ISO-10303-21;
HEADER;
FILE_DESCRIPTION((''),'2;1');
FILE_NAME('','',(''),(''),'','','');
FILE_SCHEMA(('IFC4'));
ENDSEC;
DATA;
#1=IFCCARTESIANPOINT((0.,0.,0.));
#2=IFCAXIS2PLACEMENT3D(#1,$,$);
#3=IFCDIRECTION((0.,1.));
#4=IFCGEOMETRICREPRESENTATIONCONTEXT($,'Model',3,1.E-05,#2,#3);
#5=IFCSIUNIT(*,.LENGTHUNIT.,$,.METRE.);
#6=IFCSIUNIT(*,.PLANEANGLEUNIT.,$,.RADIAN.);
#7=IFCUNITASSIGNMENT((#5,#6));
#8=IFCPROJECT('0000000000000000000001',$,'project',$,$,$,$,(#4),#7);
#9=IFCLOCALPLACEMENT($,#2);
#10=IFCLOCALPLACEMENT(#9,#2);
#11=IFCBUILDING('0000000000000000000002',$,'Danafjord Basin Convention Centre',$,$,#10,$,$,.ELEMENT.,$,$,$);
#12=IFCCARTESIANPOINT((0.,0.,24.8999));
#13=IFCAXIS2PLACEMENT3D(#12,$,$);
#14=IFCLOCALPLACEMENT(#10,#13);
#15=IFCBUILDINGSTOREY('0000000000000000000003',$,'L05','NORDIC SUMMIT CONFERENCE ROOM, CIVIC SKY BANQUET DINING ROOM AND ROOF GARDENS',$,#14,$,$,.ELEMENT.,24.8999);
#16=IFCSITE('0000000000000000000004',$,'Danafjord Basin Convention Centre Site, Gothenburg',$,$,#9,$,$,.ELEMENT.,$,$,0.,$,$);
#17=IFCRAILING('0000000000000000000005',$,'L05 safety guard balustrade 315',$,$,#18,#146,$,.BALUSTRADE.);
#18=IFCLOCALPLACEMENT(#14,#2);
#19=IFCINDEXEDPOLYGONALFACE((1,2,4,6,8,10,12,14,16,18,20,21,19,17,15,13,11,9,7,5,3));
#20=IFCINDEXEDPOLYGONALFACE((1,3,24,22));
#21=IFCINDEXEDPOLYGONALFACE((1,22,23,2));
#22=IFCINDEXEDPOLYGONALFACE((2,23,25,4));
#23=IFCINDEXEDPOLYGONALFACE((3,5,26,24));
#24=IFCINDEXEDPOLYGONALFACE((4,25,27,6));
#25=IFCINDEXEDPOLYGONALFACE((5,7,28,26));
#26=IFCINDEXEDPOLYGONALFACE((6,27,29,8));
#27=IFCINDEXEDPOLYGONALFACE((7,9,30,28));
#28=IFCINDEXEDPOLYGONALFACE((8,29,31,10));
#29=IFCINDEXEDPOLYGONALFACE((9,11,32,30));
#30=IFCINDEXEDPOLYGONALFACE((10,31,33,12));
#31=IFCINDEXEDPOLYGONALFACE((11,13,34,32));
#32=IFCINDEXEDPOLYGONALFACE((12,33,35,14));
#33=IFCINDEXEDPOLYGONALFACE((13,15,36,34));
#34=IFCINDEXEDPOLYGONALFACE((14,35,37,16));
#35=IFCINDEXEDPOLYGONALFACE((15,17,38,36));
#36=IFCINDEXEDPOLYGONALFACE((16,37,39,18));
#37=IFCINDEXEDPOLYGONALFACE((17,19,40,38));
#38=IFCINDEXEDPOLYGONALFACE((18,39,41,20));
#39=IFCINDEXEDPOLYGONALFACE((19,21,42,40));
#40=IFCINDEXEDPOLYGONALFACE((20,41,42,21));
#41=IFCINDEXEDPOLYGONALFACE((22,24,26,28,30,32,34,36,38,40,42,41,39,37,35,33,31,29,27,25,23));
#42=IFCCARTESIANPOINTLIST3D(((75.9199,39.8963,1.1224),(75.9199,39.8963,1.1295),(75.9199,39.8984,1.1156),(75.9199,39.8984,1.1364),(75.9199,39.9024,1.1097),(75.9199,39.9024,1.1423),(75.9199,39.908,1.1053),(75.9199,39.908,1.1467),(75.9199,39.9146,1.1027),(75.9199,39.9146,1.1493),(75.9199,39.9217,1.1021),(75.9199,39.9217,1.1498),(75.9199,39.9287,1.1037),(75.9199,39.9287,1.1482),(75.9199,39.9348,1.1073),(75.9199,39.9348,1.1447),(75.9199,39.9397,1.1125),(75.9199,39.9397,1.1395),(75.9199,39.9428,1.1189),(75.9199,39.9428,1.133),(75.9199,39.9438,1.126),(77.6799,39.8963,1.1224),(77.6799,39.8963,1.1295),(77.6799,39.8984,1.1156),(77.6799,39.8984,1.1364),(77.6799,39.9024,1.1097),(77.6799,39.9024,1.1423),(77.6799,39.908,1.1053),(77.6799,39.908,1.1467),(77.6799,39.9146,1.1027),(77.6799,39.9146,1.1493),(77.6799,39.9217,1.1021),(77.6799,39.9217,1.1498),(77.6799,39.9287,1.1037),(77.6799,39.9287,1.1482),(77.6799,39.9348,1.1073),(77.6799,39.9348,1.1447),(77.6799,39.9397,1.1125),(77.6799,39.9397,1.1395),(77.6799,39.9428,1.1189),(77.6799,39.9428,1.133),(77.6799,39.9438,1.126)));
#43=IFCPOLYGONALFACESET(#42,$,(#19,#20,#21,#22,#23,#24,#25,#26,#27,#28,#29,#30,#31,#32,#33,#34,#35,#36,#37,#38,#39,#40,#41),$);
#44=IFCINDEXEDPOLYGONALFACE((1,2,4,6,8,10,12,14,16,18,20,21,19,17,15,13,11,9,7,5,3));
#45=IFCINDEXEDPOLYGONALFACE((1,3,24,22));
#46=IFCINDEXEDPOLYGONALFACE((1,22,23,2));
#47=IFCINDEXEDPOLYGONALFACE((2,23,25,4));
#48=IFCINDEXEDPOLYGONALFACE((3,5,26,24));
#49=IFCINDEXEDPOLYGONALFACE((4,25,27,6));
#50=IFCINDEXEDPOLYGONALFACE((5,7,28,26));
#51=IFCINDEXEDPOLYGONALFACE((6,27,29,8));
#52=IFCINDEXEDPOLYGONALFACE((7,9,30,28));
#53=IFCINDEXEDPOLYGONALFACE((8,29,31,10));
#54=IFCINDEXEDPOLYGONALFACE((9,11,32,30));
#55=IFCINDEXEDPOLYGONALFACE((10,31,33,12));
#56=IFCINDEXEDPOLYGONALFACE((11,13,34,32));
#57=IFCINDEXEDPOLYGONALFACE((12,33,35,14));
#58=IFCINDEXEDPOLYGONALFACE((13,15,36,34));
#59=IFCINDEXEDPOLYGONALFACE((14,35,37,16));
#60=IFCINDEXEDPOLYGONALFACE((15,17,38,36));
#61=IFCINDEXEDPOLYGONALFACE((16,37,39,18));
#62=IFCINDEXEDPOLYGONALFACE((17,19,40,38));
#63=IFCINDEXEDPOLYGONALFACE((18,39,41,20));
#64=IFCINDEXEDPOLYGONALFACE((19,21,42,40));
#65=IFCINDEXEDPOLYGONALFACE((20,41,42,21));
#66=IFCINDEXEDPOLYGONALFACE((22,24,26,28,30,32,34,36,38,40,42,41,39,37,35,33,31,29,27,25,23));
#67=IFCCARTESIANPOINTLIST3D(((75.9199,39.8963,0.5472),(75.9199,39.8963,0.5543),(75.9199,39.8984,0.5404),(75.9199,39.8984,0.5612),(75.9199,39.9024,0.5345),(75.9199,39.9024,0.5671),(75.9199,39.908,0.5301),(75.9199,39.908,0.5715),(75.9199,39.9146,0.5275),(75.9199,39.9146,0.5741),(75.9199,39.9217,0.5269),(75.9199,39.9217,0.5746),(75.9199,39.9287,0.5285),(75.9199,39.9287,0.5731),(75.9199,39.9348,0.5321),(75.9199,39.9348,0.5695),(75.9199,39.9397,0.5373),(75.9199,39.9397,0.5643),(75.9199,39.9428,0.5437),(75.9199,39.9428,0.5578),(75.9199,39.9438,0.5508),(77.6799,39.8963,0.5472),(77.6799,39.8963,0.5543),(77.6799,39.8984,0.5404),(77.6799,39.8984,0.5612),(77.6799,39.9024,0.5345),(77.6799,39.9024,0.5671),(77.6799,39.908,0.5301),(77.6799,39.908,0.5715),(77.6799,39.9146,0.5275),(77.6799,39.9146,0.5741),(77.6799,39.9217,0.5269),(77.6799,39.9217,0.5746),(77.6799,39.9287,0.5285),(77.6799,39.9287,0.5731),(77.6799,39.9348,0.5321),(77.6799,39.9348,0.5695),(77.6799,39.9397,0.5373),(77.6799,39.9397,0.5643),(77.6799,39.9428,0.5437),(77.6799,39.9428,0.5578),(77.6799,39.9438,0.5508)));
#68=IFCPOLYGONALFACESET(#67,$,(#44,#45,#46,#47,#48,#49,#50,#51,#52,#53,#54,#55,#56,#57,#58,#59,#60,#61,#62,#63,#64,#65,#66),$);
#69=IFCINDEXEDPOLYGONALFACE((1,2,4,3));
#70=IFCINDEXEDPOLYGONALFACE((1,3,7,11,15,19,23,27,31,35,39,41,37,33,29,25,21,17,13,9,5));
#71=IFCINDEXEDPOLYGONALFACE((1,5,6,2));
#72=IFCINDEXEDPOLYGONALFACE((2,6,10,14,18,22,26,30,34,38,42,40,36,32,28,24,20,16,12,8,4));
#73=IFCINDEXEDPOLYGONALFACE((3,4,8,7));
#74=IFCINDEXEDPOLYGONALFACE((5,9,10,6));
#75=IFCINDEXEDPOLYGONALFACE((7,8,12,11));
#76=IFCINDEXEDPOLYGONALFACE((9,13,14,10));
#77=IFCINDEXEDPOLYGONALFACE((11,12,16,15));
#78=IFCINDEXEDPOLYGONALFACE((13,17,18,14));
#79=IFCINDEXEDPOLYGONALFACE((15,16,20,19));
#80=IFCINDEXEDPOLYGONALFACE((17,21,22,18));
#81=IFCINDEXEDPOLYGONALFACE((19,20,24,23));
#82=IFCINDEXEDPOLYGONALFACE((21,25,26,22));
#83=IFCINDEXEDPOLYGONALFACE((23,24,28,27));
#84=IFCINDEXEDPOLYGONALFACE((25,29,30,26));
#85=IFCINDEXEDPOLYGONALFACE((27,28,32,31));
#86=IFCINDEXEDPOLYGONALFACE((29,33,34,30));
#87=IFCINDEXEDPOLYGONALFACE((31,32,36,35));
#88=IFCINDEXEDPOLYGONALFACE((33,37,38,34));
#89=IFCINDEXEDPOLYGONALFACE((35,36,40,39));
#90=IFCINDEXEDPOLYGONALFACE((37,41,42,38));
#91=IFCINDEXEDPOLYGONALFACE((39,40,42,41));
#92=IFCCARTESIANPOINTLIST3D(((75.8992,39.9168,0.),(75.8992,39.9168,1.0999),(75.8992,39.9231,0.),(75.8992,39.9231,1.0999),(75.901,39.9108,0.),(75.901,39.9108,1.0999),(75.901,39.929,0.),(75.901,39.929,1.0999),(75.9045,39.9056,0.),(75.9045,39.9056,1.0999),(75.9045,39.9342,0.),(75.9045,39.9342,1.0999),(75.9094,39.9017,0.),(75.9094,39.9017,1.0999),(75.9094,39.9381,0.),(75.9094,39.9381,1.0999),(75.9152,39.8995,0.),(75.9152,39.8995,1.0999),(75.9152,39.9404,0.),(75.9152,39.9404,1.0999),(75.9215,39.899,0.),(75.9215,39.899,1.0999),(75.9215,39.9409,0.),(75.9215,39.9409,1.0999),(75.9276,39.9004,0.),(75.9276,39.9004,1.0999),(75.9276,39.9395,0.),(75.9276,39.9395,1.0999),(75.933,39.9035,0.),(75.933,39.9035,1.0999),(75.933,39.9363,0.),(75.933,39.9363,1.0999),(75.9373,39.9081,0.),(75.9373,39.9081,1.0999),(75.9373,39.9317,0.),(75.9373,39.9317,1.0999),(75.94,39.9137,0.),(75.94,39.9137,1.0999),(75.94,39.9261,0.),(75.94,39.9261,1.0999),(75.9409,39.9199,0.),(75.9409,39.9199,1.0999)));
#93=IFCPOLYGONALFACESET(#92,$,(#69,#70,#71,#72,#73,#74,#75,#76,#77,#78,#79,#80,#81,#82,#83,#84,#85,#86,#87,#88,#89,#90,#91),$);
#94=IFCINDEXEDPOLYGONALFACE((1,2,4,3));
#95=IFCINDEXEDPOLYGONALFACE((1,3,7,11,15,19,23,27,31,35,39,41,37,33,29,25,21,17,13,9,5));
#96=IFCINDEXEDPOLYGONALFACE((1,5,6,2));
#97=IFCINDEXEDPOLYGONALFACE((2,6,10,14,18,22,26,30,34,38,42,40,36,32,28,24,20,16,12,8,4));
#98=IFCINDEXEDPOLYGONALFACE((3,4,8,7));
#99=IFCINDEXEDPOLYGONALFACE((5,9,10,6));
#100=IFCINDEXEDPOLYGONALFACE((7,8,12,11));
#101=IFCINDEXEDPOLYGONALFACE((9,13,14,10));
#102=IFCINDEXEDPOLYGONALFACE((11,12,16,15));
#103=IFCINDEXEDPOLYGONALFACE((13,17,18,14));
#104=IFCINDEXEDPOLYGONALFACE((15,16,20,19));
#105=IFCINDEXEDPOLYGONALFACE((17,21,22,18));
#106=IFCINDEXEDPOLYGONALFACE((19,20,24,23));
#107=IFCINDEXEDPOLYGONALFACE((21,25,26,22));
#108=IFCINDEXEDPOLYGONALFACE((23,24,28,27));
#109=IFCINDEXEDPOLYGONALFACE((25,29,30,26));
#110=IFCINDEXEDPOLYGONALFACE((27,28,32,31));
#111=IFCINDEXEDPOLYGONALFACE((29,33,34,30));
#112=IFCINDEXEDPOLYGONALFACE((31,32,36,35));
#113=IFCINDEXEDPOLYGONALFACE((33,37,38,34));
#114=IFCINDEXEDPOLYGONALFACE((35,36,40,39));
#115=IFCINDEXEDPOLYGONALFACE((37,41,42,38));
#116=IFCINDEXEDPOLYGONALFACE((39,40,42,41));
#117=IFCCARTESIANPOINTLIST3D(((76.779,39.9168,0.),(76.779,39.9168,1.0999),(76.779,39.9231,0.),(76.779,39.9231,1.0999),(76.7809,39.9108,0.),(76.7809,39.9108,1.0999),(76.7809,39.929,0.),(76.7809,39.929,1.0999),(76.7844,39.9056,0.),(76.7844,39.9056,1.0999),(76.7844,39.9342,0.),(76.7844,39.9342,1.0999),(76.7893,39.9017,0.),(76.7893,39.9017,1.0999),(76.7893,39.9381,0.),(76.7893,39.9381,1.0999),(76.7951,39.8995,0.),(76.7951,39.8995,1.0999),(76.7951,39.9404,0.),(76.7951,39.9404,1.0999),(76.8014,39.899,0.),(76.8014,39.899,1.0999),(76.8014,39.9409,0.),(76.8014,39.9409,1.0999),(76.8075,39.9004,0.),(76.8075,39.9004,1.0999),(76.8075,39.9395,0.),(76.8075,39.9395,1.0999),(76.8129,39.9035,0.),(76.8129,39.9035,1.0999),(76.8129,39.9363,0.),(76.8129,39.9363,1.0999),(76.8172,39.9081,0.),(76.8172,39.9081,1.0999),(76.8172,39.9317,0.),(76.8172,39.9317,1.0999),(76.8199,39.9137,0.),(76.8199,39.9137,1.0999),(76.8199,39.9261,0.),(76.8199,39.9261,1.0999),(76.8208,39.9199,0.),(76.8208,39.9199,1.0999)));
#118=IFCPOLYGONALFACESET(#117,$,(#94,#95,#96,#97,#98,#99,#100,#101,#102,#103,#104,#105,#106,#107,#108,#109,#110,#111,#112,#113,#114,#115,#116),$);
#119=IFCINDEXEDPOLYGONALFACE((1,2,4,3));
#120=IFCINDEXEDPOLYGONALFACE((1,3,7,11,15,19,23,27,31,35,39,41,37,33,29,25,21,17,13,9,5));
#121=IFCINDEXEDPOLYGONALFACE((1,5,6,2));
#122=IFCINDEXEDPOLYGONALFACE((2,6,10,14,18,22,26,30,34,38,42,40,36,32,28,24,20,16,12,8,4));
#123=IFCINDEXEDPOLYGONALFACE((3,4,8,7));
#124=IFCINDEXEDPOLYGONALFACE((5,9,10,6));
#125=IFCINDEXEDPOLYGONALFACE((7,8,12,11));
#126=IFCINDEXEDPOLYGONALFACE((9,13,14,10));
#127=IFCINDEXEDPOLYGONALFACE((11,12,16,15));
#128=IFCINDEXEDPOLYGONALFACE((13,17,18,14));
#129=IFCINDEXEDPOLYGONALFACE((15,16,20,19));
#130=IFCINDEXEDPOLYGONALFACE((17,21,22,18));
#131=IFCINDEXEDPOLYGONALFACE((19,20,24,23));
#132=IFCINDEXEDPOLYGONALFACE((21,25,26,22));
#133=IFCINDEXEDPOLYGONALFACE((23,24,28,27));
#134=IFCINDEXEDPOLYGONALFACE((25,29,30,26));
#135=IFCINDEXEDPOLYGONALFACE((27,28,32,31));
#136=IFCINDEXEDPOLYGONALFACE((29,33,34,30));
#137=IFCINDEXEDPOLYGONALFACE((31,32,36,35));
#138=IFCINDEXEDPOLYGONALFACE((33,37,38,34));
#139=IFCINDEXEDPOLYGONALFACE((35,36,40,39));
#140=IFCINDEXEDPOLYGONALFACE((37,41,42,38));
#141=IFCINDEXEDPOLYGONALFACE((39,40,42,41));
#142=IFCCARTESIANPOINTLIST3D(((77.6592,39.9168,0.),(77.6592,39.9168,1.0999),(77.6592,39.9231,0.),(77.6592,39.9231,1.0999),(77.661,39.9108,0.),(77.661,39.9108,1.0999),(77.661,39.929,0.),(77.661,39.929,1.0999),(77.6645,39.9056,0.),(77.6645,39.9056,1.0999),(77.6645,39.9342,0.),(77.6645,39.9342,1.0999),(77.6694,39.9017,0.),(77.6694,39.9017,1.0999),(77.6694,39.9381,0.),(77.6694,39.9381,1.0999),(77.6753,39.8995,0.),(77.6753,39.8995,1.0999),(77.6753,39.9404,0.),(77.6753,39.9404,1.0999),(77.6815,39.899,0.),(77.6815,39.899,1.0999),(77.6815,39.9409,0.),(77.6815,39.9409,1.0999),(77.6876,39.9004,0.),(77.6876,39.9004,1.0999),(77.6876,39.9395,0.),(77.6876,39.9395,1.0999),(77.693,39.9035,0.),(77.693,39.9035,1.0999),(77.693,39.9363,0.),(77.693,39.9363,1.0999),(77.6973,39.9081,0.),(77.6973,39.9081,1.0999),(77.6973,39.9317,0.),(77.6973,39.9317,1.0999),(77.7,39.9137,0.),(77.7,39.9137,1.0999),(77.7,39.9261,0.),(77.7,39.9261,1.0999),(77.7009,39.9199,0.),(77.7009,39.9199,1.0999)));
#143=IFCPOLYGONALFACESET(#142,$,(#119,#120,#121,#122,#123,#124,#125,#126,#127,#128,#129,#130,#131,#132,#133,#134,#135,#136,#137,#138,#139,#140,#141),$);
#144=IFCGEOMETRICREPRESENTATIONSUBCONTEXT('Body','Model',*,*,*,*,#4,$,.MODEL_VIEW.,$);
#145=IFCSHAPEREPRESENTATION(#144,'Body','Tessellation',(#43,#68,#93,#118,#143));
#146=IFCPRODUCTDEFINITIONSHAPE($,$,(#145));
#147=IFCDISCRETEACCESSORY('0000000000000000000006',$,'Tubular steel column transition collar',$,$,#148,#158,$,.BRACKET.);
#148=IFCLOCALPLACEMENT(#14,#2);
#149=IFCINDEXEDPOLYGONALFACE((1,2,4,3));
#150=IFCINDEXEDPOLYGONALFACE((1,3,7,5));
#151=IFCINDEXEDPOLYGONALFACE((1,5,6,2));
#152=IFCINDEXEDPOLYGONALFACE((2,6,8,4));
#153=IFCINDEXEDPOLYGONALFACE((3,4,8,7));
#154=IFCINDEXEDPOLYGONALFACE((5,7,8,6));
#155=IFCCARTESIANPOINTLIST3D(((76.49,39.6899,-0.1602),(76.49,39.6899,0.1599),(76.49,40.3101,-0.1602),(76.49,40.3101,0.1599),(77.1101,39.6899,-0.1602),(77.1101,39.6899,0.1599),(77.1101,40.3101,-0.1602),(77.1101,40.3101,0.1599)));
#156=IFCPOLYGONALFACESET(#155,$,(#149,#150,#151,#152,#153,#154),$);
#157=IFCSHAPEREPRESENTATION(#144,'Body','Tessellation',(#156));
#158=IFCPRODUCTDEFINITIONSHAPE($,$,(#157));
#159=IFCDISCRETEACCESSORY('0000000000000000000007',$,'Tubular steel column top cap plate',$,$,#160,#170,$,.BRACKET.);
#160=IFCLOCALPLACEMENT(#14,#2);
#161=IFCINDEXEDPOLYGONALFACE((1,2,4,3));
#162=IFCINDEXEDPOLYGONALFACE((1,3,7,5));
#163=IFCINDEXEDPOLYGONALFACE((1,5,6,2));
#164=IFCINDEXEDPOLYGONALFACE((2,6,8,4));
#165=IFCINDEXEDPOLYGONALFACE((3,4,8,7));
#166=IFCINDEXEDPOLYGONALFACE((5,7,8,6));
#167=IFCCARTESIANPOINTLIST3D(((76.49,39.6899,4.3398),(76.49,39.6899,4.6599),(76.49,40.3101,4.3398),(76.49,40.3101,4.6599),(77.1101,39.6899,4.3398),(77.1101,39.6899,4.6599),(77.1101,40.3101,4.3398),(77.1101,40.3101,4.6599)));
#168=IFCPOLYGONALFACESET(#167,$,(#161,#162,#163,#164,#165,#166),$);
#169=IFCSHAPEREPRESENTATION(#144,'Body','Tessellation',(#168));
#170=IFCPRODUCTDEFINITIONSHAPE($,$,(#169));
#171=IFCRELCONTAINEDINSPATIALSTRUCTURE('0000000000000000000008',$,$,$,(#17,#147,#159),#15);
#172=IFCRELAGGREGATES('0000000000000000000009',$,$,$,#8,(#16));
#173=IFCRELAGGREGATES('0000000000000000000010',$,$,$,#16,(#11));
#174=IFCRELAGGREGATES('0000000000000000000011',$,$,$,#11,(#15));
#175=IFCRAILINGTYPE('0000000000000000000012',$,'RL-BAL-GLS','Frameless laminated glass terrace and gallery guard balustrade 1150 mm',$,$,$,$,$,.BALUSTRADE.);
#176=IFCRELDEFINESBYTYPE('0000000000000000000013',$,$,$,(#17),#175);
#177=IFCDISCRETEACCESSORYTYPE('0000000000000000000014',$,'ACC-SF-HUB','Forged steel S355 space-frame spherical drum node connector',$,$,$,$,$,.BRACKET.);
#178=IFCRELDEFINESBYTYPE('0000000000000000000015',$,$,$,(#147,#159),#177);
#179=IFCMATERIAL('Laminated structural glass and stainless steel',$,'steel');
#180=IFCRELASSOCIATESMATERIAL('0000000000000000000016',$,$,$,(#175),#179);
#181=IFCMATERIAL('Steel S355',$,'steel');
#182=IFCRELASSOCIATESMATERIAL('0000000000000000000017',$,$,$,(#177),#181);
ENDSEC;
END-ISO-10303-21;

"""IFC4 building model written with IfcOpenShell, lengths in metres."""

from ifc_helpers import new_model, si_unit, direction, frame, origin, origin_2d, place, context, subcontext, project, spatial, rectangle, circle, extrude, material, type_object, element, save


model = new_model("IFC4")

# Units and contexts
model_context = context("Model", 3, precision=1e-05, world=origin(), true_north=direction((0.0, 1.0)))
body_context = subcontext(model_context, "Body", "Model", "MODEL_VIEW")
ifc_project = project(units=[si_unit("LENGTHUNIT", "METRE"), si_unit("PLANEANGLEUNIT", "RADIAN")], contexts=[model_context])

# Site, building, storey
site_placement = place(None, origin())
site = spatial("IfcSite", under=ifc_project, at=site_placement, Name="Danafjord Basin Convention Centre Site, Gothenburg", CompositionType="ELEMENT", RefElevation=0.0)
building_placement = place(site_placement, origin())
building = spatial("IfcBuilding", under=site, at=building_placement, Name="Danafjord Basin Convention Centre", CompositionType="ELEMENT")
storey_placement = place(building_placement, frame((0.0, 0.0, 24.8999)))
storey = spatial("IfcBuildingStorey", under=building, at=storey_placement, Name="L05", Description="NORDIC SUMMIT CONFERENCE ROOM, CIVIC SKY BANQUET DINING ROOM AND ROOF GARDENS", CompositionType="ELEMENT", Elevation=24.8999)

# Shared definitions
ifc_material_1 = material(Name="Steel S355", Category="steel")

# Railing
ifc_material_2 = material(Name="Laminated structural glass and stainless steel", Category="steel")
railing_type = type_object("IfcRailingType", Name="RL-BAL-GLS", Description="Frameless laminated glass terrace and gallery guard balustrade 1150 mm", PredefinedType="BALUSTRADE", material=ifc_material_2)
railing_1_placement = place(storey_placement, frame((75.9199, 39.9199, 0.0)))
element("IfcRailing", 1, at=railing_1_placement, inside=storey, type_object=railing_type, Name="L05 safety guard balustrade 315", PredefinedType="BALUSTRADE", context=body_context, shape_type="SweptSolid", body=[
    extrude(circle(Radius=0.0239, at=origin_2d()), frame((0.0, 0.0, 1.126), z_axis=(1.0, 0.0, 0.0), x_axis=(0.0, 1.0, 0.0)), (0.0, 0.0, 1.0), 1.76),
    extrude(circle(Radius=0.0239, at=origin_2d()), frame((0.0, 0.0, 0.5508), z_axis=(1.0, 0.0, 0.0), x_axis=(0.0, 1.0, 0.0)), (0.0, 0.0, 1.0), 1.76),
    extrude(circle(Radius=0.021, at=origin_2d()), origin(), (0.0, 0.0, 1.0), 1.0999),
    extrude(circle(Radius=0.021, at=origin_2d()), frame((0.8799, 0.0, 0.0)), (0.0, 0.0, 1.0), 1.0999),
    extrude(circle(Radius=0.021, at=origin_2d()), frame((1.76, 0.0, 0.0)), (0.0, 0.0, 1.0), 1.0999),
])

# Discrete accessories
discrete_accessory_type = type_object("IfcDiscreteAccessoryType", Name="ACC-SF-HUB", Description="Forged steel S355 space-frame spherical drum node connector", PredefinedType="BRACKET", material=ifc_material_1)
for number, where, z_axis, x_axis, name in (
    (2, (76.8, 40.0, -0.1602), (0.0, 0.0, 1.0), (1.0, 0.0, 0.0), "Tubular steel column transition collar"),
    (3, (76.8, 40.0, 4.3398), (0.0, 0.0, 1.0), (1.0, 0.0, 0.0), "Tubular steel column top cap plate"),
):
    element("IfcDiscreteAccessory", number, at=place(storey_placement, frame(where, z_axis=z_axis, x_axis=x_axis)), inside=storey, type_object=discrete_accessory_type, Name=name, PredefinedType="BRACKET", context=body_context, shape_type="SweptSolid", body=[
        extrude(rectangle(XDim=0.6201, YDim=0.6201, at=origin_2d()), origin(), (0.0, 0.0, 1.0), 0.3201),
    ])

save(model, "model.ifc")
